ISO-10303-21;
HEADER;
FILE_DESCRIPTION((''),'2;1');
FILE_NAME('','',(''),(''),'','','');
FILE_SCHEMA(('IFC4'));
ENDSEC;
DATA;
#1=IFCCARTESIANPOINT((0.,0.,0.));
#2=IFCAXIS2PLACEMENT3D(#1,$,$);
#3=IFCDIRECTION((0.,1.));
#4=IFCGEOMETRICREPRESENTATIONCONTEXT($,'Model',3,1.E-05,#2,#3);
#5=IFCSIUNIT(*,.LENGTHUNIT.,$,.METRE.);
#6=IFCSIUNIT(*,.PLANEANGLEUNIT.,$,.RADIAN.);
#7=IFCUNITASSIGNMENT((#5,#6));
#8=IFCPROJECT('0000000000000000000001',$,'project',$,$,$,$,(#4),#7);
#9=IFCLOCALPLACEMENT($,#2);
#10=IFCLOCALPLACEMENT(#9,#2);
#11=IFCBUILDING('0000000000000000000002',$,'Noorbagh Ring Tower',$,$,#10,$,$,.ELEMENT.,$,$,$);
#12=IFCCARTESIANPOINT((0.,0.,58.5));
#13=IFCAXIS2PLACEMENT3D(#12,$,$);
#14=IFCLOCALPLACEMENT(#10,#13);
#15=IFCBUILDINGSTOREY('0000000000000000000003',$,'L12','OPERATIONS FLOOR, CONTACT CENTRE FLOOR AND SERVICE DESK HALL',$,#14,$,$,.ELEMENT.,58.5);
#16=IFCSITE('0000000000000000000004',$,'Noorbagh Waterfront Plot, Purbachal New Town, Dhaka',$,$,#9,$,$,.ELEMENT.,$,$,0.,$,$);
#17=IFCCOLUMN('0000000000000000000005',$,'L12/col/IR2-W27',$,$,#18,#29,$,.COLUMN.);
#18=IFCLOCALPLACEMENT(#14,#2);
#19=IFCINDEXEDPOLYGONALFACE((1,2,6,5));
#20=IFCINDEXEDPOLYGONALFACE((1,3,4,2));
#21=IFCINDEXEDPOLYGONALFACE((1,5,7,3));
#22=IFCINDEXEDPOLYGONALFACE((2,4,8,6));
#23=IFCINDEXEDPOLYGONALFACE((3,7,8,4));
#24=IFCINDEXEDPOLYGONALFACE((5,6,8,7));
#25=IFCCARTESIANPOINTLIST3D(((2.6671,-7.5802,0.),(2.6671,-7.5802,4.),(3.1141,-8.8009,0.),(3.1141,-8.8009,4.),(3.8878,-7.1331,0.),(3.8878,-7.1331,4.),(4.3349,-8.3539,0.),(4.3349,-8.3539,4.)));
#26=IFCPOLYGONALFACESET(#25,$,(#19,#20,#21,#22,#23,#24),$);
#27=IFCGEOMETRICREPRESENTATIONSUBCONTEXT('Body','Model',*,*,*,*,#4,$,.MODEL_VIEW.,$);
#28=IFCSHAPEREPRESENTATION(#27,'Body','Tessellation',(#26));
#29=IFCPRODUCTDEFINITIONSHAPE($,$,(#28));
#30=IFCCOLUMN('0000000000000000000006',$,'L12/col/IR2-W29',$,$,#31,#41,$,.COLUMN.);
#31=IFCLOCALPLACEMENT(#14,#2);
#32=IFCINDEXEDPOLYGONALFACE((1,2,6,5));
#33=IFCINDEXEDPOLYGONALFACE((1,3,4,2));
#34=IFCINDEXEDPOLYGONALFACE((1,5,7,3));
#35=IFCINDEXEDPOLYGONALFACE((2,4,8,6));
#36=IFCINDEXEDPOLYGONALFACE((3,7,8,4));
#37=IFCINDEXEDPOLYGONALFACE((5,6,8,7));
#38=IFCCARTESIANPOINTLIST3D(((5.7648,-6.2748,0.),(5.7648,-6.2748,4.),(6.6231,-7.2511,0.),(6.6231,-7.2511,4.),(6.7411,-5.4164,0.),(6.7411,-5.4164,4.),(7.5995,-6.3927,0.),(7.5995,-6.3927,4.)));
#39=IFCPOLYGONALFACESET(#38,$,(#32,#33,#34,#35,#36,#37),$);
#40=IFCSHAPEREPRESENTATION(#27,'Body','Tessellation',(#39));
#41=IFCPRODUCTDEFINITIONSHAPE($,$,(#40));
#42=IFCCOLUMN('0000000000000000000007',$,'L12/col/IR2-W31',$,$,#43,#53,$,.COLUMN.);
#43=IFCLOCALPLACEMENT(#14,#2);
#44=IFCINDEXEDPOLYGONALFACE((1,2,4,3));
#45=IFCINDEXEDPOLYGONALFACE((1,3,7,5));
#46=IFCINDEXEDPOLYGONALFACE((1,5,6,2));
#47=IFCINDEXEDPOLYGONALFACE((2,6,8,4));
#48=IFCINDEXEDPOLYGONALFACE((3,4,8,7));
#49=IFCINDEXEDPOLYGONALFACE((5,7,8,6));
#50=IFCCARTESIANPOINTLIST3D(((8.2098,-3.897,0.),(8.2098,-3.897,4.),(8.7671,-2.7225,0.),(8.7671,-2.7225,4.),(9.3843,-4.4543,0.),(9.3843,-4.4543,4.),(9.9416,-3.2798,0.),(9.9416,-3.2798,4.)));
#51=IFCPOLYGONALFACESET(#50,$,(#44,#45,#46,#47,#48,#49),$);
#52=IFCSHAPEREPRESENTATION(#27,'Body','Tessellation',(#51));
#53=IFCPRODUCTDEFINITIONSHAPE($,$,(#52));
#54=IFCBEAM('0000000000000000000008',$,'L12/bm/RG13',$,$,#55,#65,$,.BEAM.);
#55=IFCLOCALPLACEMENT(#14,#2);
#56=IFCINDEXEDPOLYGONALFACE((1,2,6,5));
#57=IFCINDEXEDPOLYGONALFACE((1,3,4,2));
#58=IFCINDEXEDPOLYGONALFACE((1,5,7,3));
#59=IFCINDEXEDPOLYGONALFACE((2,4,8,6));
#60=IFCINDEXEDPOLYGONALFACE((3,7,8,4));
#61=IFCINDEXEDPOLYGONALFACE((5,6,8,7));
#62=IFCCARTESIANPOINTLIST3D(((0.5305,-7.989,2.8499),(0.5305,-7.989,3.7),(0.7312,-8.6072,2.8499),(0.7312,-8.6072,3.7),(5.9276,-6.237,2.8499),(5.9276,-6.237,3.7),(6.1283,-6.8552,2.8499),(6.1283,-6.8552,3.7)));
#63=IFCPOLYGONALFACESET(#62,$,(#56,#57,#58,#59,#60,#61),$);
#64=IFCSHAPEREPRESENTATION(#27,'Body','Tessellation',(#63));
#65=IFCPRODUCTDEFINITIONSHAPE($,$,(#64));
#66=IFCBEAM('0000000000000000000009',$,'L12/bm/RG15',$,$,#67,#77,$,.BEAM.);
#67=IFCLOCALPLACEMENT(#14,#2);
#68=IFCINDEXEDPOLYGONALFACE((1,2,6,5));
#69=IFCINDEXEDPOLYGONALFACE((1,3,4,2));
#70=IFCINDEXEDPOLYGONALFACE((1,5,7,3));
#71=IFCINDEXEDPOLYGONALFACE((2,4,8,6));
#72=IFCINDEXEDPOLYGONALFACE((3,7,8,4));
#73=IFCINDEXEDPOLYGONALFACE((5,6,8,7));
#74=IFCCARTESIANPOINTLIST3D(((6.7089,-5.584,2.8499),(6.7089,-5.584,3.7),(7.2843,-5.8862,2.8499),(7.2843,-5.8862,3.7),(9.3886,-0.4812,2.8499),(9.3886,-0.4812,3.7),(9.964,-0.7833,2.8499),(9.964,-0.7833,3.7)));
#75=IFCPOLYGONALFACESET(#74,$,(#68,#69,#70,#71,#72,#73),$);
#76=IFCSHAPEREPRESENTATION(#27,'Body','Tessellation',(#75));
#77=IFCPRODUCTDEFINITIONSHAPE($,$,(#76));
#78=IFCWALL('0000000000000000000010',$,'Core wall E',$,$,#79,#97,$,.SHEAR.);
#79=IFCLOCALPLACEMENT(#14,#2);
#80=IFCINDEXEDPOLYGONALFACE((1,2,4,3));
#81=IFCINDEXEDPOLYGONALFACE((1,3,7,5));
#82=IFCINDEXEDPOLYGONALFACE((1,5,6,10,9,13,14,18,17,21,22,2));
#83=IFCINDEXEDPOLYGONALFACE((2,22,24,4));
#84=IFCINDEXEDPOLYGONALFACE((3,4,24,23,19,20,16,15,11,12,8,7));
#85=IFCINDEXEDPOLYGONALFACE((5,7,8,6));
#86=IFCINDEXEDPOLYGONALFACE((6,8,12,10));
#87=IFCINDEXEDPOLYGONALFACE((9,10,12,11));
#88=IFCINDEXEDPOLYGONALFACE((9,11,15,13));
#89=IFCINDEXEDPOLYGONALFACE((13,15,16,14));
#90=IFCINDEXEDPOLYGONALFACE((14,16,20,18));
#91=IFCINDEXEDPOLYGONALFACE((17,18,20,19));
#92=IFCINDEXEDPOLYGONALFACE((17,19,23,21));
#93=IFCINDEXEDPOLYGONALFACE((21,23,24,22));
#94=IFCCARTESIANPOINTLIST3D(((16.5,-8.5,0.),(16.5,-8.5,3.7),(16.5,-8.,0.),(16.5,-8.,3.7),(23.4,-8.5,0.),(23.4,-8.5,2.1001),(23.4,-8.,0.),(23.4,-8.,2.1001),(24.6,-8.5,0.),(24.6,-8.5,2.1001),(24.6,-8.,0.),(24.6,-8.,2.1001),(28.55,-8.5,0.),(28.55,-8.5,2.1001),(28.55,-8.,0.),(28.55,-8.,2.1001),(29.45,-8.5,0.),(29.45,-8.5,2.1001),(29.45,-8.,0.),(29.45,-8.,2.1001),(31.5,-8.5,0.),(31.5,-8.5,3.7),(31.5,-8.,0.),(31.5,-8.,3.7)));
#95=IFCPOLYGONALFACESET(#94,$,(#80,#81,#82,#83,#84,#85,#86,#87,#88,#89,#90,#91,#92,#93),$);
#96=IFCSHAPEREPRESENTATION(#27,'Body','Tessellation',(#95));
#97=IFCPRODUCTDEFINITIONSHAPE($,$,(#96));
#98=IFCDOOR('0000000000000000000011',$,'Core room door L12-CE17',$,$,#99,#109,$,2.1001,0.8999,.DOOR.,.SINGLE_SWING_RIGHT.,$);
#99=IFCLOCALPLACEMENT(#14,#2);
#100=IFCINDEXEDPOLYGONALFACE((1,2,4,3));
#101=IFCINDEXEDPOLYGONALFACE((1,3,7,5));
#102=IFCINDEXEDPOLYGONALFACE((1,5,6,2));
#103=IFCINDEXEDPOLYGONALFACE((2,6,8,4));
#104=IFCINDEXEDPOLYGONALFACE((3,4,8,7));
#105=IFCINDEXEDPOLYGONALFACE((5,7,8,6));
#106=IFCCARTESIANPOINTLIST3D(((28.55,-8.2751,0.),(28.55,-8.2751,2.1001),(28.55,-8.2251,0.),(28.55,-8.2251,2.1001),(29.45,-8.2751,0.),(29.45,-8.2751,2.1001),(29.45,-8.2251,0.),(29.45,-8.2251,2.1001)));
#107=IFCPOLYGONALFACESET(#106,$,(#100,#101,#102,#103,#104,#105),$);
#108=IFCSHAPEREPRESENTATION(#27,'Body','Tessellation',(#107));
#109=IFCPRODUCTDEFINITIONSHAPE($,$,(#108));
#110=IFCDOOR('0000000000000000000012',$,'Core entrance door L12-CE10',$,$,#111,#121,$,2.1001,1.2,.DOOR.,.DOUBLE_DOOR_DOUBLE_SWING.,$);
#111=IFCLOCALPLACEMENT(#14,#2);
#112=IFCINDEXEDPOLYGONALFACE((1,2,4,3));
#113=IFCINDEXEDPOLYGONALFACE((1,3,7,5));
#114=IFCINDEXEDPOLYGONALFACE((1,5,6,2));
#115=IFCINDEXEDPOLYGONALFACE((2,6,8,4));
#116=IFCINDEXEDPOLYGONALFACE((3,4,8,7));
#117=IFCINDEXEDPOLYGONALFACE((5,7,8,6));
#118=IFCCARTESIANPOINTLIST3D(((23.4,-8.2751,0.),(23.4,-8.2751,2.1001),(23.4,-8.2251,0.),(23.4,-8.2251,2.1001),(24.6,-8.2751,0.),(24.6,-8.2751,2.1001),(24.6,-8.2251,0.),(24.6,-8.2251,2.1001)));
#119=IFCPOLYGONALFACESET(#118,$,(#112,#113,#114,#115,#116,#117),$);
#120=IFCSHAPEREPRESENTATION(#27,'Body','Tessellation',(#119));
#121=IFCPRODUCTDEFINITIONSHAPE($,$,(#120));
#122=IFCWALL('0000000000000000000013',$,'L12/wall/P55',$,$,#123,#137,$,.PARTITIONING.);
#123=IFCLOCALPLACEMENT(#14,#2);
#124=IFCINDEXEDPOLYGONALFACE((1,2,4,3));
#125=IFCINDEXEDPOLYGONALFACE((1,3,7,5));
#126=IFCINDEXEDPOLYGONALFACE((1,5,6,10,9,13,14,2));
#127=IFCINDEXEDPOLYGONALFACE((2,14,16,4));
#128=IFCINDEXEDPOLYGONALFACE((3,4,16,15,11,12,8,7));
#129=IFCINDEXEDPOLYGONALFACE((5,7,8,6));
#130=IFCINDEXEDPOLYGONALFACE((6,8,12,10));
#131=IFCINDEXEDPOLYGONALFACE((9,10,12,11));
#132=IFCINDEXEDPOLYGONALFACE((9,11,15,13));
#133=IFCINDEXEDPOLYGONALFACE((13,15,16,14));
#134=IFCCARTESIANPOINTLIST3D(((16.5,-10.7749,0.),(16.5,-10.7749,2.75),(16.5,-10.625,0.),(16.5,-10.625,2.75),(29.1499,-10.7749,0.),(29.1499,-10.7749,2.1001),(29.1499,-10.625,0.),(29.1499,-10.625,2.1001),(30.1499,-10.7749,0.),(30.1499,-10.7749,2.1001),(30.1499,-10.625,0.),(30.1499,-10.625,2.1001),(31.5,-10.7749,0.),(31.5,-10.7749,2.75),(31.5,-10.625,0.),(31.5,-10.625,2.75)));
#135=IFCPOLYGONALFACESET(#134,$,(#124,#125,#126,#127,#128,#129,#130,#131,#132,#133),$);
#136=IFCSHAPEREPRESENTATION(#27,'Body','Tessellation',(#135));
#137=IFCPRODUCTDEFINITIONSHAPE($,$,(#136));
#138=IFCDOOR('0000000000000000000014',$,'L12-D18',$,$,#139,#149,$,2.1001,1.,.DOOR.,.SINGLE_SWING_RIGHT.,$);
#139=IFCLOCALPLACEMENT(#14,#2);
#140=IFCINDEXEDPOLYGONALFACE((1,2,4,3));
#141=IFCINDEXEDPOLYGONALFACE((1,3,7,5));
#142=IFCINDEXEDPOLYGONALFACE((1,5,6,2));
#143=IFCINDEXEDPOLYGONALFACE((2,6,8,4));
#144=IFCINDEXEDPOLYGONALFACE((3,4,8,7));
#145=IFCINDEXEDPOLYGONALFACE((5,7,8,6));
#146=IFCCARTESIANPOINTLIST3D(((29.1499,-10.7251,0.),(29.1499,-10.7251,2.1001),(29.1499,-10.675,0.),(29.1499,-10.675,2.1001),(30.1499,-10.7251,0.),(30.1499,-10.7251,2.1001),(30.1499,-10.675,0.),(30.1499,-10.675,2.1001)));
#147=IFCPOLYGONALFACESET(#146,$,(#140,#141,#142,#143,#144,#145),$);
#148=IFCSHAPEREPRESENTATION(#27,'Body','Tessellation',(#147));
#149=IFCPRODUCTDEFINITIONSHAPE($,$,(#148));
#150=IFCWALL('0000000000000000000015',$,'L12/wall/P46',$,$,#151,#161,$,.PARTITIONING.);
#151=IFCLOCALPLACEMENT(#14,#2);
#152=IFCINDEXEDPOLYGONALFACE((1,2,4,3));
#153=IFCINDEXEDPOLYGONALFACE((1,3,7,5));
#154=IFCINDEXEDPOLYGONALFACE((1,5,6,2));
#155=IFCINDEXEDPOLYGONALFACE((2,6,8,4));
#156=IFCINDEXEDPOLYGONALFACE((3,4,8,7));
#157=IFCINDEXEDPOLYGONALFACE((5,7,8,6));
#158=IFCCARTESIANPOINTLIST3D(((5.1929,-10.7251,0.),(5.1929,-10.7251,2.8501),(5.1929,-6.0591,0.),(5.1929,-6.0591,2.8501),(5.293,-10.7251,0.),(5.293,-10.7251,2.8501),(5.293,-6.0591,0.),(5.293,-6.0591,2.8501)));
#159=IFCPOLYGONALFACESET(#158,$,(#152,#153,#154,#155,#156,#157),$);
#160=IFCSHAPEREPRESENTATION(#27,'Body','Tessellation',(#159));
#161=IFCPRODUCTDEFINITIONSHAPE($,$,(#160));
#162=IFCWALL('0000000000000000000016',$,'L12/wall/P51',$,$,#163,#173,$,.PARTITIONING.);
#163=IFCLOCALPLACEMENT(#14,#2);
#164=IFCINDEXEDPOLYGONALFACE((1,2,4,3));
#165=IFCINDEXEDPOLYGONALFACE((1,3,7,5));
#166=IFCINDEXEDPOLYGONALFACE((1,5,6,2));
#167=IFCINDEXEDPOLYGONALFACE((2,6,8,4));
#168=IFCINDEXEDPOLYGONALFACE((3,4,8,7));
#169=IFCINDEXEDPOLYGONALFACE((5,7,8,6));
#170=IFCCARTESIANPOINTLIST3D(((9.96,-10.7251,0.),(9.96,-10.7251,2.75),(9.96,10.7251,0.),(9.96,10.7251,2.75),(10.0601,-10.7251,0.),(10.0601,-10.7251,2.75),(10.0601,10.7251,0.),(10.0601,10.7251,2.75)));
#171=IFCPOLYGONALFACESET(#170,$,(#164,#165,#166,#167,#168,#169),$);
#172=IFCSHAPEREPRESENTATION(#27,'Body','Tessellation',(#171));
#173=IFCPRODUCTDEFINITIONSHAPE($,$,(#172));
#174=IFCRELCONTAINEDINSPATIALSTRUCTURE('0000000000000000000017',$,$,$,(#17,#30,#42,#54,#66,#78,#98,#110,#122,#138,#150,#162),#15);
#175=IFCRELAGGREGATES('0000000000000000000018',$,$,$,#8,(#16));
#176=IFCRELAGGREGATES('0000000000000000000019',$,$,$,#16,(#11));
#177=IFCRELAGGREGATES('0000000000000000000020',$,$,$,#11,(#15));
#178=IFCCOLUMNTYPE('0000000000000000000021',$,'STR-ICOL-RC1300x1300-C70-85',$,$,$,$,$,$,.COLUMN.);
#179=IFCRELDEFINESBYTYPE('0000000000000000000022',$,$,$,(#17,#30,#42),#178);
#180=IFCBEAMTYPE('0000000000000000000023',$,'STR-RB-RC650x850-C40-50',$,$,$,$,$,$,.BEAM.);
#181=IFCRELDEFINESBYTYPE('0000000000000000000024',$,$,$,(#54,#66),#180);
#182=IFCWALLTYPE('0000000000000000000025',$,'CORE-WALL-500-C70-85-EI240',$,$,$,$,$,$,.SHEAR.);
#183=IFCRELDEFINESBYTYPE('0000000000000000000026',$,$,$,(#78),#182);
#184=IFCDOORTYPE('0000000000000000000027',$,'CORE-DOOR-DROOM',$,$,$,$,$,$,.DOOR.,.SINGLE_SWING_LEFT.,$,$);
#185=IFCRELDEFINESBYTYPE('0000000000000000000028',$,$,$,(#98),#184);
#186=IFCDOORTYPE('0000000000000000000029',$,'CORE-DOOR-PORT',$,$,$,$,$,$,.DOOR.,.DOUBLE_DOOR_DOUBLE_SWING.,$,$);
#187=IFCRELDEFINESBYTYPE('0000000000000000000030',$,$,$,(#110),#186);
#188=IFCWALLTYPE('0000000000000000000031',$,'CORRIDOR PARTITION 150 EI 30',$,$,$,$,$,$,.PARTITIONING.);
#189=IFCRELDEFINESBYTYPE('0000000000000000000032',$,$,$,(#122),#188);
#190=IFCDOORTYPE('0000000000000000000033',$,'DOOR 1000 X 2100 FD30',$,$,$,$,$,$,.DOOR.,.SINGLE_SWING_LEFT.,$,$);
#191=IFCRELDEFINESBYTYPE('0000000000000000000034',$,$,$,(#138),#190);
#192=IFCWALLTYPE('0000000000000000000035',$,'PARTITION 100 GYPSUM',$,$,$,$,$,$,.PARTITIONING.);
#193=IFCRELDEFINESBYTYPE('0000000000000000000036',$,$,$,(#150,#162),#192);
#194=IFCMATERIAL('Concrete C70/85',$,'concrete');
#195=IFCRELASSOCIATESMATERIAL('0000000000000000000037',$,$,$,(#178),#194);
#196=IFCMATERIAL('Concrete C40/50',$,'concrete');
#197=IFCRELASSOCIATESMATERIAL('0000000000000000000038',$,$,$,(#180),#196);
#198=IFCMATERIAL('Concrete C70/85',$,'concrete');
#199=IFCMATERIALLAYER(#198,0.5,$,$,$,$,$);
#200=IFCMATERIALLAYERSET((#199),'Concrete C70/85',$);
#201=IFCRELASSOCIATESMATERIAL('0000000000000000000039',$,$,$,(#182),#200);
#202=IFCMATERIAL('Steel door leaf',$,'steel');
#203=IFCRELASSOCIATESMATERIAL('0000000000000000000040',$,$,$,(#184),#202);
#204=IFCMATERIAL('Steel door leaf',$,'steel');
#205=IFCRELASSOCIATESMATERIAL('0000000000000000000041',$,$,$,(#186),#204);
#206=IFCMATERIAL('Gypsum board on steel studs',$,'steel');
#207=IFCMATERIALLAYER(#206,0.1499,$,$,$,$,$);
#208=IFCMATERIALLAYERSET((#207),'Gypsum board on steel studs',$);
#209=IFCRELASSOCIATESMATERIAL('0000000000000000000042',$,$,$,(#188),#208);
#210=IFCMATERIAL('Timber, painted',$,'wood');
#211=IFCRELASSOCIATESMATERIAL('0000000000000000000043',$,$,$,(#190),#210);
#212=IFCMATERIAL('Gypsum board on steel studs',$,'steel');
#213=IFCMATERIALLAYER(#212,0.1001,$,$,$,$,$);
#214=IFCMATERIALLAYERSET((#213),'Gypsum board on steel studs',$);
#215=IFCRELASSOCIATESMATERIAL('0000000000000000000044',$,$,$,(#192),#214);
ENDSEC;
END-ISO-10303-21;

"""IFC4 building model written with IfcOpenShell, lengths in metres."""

from ifc_helpers import new_model, si_unit, direction, frame, frame_2d, origin, origin_2d, place, context, subcontext, project, spatial, rectangle, extrude, material, layer, layer_set, material_profile, profile_set, type_object, element, fill, save


model = new_model("IFC4")

# Units and contexts
model_context = context("Model", 3, precision=1e-05, world=origin(), true_north=direction((0.0, 1.0)))
body_context = subcontext(model_context, "Body", "Model", "MODEL_VIEW")
ifc_project = project(units=[si_unit("LENGTHUNIT", "METRE"), si_unit("PLANEANGLEUNIT", "RADIAN")], contexts=[model_context])

# Site, building, storey
site_placement = place(None, origin())
site = spatial("IfcSite", under=ifc_project, at=site_placement, Name="Noorbagh Waterfront Plot, Purbachal New Town, Dhaka", CompositionType="ELEMENT", RefElevation=0.0)
building_placement = place(site_placement, origin())
building = spatial("IfcBuilding", under=site, at=building_placement, Name="Noorbagh Ring Tower", CompositionType="ELEMENT")
storey_placement = place(building_placement, frame((0.0, 0.0, 58.5)))
storey = spatial("IfcBuildingStorey", under=building, at=storey_placement, Name="L12", Description="OPERATIONS FLOOR, CONTACT CENTRE FLOOR AND SERVICE DESK HALL", CompositionType="ELEMENT", Elevation=58.5)

# Columns
ifc_material_1 = material(Name="Concrete C70/85", Category="concrete")
ifc_material_profile_1 = material_profile(ifc_material_1, rectangle(XDim=1.3, YDim=1.3, at=origin_2d()), Name="RC1300x1300")
ifc_profile_set_1 = profile_set([ifc_material_profile_1], Name="Concrete C70/85")
column_type = type_object("IfcColumnType", Name="STR-ICOL-RC1300x1300-C70-85", PredefinedType="COLUMN", material=ifc_profile_set_1)
for number, where, z_axis, x_axis, name in (
    (1, (3.501, -7.967, 0.0), (0.0, 0.0, 1.0), (0.93902, 0.343864, 0.0), "L12/col/IR2-W27"),
    (2, (6.6821, -6.3337, 0.0), (0.0, 0.0, 1.0), (0.751022, 0.660277, 0.0), "L12/col/IR2-W29"),
    (3, (9.0757, -3.5884, 0.0), (0.0, 0.0, 1.0), (0.428667, 0.903463, 0.0), "L12/col/IR2-W31"),
):
    element("IfcColumn", number, at=place(storey_placement, frame(where, z_axis=z_axis, x_axis=x_axis)), inside=storey, type_object=column_type, Name=name, PredefinedType="COLUMN", context=body_context, shape_type="SweptSolid", body=[
        extrude(rectangle(XDim=1.3, YDim=1.3, at=origin_2d()), origin(), (0.0, 0.0, 1.0), 4.0),
    ])

# Beams
ifc_material_2 = material(Name="Concrete C40/50", Category="concrete")
ifc_material_profile_2 = material_profile(ifc_material_2, rectangle(XDim=0.6499, YDim=0.8501, at=origin_2d()), Name="RC650x850")
ifc_profile_set_2 = profile_set([ifc_material_profile_2], Name="Concrete C40/50")
beam_type = type_object("IfcBeamType", Name="STR-RB-RC650x850-C40-50", PredefinedType="BEAM", material=ifc_profile_set_2)
beam_1_placement = place(storey_placement, frame((0.6309, -8.2981, 3.2749), z_axis=(0.951141, 0.308757, 0.0), x_axis=(-0.308757, 0.951141, 0.0)))
element("IfcBeam", 4, at=beam_1_placement, inside=storey, type_object=beam_type, Name="L12/bm/RG13", PredefinedType="BEAM", context=body_context, shape_type="SweptSolid", body=[
    extrude(rectangle(XDim=0.6499, YDim=0.8501, at=origin_2d()), origin(), (0.0, 0.0, 1.0), 5.6743),
])
beam_2_placement = place(storey_placement, frame((6.9966, -5.7351, 3.2749), z_axis=(0.464933, 0.885346, 0.0), x_axis=(-0.885346, 0.464933, 0.0)))
element("IfcBeam", 5, at=beam_2_placement, inside=storey, type_object=beam_type, Name="L12/bm/RG15", PredefinedType="BEAM", context=body_context, shape_type="SweptSolid", body=[
    extrude(rectangle(XDim=0.6499, YDim=0.8501, at=origin_2d()), origin(), (0.0, 0.0, 1.0), 5.7637),
])

# Wall, openings, doors
ifc_material_3 = material(Name="Concrete C70/85", Category="concrete")
ifc_layer_1 = layer(ifc_material_3, 0.5)
ifc_layer_set_1 = layer_set([ifc_layer_1], Name="Concrete C70/85")
wall_type_1 = type_object("IfcWallType", Name="CORE-WALL-500-C70-85-EI240", PredefinedType="SHEAR", material=ifc_layer_set_1)
wall_1_placement = place(storey_placement, frame((16.5, -8.25, 0.0), z_axis=(0.0, 0.0, 1.0), x_axis=(1.0, 0.0, 0.0)))
wall_1 = element("IfcWall", 6, at=wall_1_placement, inside=storey, type_object=wall_type_1, Name="Core wall E", PredefinedType="SHEAR", context=body_context, shape_type="SweptSolid", body=[
    extrude(rectangle(XDim=15.0, YDim=0.5, at=frame_2d((7.5, 0.0))), origin(), (0.0, 0.0, 1.0), 3.7),
])
opening_1_placement = place(wall_1_placement, frame((6.8999, 0.0, 0.0)))
opening_1 = element("IfcOpeningElement", 7, at=opening_1_placement, cuts=wall_1, PredefinedType="OPENING", context=body_context, shape_type="SweptSolid", body=[
    extrude(rectangle(XDim=1.2, YDim=2.1001, at=frame_2d((0.6001, 1.05))), frame((0.0, 0.26, 0.0), z_axis=(0.0, -1.0, 0.0), x_axis=(1.0, 0.0, 0.0)), (0.0, 0.0, 1.0), 0.52),
])
opening_2_placement = place(wall_1_placement, frame((12.05, 0.0, 0.0)))
opening_2 = element("IfcOpeningElement", 8, at=opening_2_placement, cuts=wall_1, PredefinedType="OPENING", context=body_context, shape_type="SweptSolid", body=[
    extrude(rectangle(XDim=0.8999, YDim=2.1001, at=frame_2d((0.45, 1.05))), frame((0.0, 0.26, 0.0), z_axis=(0.0, -1.0, 0.0), x_axis=(1.0, 0.0, 0.0)), (0.0, 0.0, 1.0), 0.52),
])
ifc_material_4 = material(Name="Steel door leaf", Category="steel")
door_type_1 = type_object("IfcDoorType", Name="CORE-DOOR-DROOM", OperationType="SINGLE_SWING_LEFT", PredefinedType="DOOR", material=ifc_material_4)
door_1_placement = place(opening_2_placement, origin())
door_1 = element("IfcDoor", 9, at=door_1_placement, inside=storey, type_object=door_type_1, Name="Core room door L12-CE17", OperationType="SINGLE_SWING_RIGHT", OverallHeight=2.1001, OverallWidth=0.8999, PredefinedType="DOOR", context=body_context, shape_type="SweptSolid", body=[
    extrude(rectangle(XDim=0.8999, YDim=2.1001, at=frame_2d((0.45, 1.05))), frame((0.0, 0.0249, 0.0), z_axis=(0.0, -1.0, 0.0), x_axis=(1.0, 0.0, 0.0)), (0.0, 0.0, 1.0), 0.05),
])
fill(opening_2, door_1)
ifc_material_5 = material(Name="Steel door leaf", Category="steel")
door_type_2 = type_object("IfcDoorType", Name="CORE-DOOR-PORT", OperationType="DOUBLE_DOOR_DOUBLE_SWING", PredefinedType="DOOR", material=ifc_material_5)
door_2_placement = place(opening_1_placement, origin())
door_2 = element("IfcDoor", 10, at=door_2_placement, inside=storey, type_object=door_type_2, Name="Core entrance door L12-CE10", OperationType="DOUBLE_DOOR_DOUBLE_SWING", OverallHeight=2.1001, OverallWidth=1.2, PredefinedType="DOOR", context=body_context, shape_type="SweptSolid", body=[
    extrude(rectangle(XDim=1.2, YDim=2.1001, at=frame_2d((0.6001, 1.05))), frame((0.0, 0.0249, 0.0), z_axis=(0.0, -1.0, 0.0), x_axis=(1.0, 0.0, 0.0)), (0.0, 0.0, 1.0), 0.05),
])
fill(opening_1, door_2)

# Wall, opening, door
ifc_material_6 = material(Name="Gypsum board on steel studs", Category="steel")
ifc_layer_2 = layer(ifc_material_6, 0.1499)
ifc_layer_set_2 = layer_set([ifc_layer_2], Name="Gypsum board on steel studs")
wall_type_2 = type_object("IfcWallType", Name="CORRIDOR PARTITION 150 EI 30", PredefinedType="PARTITIONING", material=ifc_layer_set_2)
wall_2_placement = place(storey_placement, frame((16.5, -10.7, 0.0), z_axis=(0.0, 0.0, 1.0), x_axis=(1.0, 0.0, 0.0)))
wall_2 = element("IfcWall", 11, at=wall_2_placement, inside=storey, type_object=wall_type_2, Name="L12/wall/P55", PredefinedType="PARTITIONING", context=body_context, shape_type="SweptSolid", body=[
    extrude(rectangle(XDim=15.0, YDim=0.1499, at=frame_2d((7.5, 0.0))), origin(), (0.0, 0.0, 1.0), 2.75),
])
opening_3_placement = place(wall_2_placement, frame((12.6499, 0.0, 0.0)))
opening_3 = element("IfcOpeningElement", 12, at=opening_3_placement, cuts=wall_2, PredefinedType="OPENING", context=body_context, shape_type="SweptSolid", body=[
    extrude(rectangle(XDim=1.0, YDim=2.1001, at=frame_2d((0.5, 1.05))), frame((0.0, 0.085, 0.0), z_axis=(0.0, -1.0, 0.0), x_axis=(1.0, 0.0, 0.0)), (0.0, 0.0, 1.0), 0.1699),
])
ifc_material_7 = material(Name="Timber, painted", Category="wood")
door_type_3 = type_object("IfcDoorType", Name="DOOR 1000 X 2100 FD30", OperationType="SINGLE_SWING_LEFT", PredefinedType="DOOR", material=ifc_material_7)
door_3_placement = place(opening_3_placement, origin())
door_3 = element("IfcDoor", 13, at=door_3_placement, inside=storey, type_object=door_type_3, Name="L12-D18", OperationType="SINGLE_SWING_RIGHT", OverallHeight=2.1001, OverallWidth=1.0, PredefinedType="DOOR", context=body_context, shape_type="SweptSolid", body=[
    extrude(rectangle(XDim=1.0, YDim=2.1001, at=frame_2d((0.5, 1.05))), frame((0.0, 0.0249, 0.0), z_axis=(0.0, -1.0, 0.0), x_axis=(1.0, 0.0, 0.0)), (0.0, 0.0, 1.0), 0.05),
])
fill(opening_3, door_3)

# Walls
ifc_material_8 = material(Name="Gypsum board on steel studs", Category="steel")
ifc_layer_3 = layer(ifc_material_8, 0.1001)
ifc_layer_set_3 = layer_set([ifc_layer_3], Name="Gypsum board on steel studs")
wall_type_3 = type_object("IfcWallType", Name="PARTITION 100 GYPSUM", PredefinedType="PARTITIONING", material=ifc_layer_set_3)
wall_3_placement = place(storey_placement, frame((5.2429, -10.7251, 0.0), z_axis=(0.0, 0.0, 1.0), x_axis=(0.0, 1.0, 0.0)))
element("IfcWall", 14, at=wall_3_placement, inside=storey, type_object=wall_type_3, Name="L12/wall/P46", PredefinedType="PARTITIONING", context=body_context, shape_type="SweptSolid", body=[
    extrude(rectangle(XDim=4.666, YDim=0.1001, at=frame_2d((2.333, 0.0))), origin(), (0.0, 0.0, 1.0), 2.8501),
])
wall_4_placement = place(storey_placement, frame((10.01, -10.7251, 0.0), z_axis=(0.0, 0.0, 1.0), x_axis=(0.0, 1.0, 0.0)))
element("IfcWall", 15, at=wall_4_placement, inside=storey, type_object=wall_type_3, Name="L12/wall/P51", PredefinedType="PARTITIONING", context=body_context, shape_type="SweptSolid", body=[
    extrude(rectangle(XDim=21.4502, YDim=0.1001, at=frame_2d((10.7251, 0.0))), origin(), (0.0, 0.0, 1.0), 2.75),
])

save(model, "model.ifc")
